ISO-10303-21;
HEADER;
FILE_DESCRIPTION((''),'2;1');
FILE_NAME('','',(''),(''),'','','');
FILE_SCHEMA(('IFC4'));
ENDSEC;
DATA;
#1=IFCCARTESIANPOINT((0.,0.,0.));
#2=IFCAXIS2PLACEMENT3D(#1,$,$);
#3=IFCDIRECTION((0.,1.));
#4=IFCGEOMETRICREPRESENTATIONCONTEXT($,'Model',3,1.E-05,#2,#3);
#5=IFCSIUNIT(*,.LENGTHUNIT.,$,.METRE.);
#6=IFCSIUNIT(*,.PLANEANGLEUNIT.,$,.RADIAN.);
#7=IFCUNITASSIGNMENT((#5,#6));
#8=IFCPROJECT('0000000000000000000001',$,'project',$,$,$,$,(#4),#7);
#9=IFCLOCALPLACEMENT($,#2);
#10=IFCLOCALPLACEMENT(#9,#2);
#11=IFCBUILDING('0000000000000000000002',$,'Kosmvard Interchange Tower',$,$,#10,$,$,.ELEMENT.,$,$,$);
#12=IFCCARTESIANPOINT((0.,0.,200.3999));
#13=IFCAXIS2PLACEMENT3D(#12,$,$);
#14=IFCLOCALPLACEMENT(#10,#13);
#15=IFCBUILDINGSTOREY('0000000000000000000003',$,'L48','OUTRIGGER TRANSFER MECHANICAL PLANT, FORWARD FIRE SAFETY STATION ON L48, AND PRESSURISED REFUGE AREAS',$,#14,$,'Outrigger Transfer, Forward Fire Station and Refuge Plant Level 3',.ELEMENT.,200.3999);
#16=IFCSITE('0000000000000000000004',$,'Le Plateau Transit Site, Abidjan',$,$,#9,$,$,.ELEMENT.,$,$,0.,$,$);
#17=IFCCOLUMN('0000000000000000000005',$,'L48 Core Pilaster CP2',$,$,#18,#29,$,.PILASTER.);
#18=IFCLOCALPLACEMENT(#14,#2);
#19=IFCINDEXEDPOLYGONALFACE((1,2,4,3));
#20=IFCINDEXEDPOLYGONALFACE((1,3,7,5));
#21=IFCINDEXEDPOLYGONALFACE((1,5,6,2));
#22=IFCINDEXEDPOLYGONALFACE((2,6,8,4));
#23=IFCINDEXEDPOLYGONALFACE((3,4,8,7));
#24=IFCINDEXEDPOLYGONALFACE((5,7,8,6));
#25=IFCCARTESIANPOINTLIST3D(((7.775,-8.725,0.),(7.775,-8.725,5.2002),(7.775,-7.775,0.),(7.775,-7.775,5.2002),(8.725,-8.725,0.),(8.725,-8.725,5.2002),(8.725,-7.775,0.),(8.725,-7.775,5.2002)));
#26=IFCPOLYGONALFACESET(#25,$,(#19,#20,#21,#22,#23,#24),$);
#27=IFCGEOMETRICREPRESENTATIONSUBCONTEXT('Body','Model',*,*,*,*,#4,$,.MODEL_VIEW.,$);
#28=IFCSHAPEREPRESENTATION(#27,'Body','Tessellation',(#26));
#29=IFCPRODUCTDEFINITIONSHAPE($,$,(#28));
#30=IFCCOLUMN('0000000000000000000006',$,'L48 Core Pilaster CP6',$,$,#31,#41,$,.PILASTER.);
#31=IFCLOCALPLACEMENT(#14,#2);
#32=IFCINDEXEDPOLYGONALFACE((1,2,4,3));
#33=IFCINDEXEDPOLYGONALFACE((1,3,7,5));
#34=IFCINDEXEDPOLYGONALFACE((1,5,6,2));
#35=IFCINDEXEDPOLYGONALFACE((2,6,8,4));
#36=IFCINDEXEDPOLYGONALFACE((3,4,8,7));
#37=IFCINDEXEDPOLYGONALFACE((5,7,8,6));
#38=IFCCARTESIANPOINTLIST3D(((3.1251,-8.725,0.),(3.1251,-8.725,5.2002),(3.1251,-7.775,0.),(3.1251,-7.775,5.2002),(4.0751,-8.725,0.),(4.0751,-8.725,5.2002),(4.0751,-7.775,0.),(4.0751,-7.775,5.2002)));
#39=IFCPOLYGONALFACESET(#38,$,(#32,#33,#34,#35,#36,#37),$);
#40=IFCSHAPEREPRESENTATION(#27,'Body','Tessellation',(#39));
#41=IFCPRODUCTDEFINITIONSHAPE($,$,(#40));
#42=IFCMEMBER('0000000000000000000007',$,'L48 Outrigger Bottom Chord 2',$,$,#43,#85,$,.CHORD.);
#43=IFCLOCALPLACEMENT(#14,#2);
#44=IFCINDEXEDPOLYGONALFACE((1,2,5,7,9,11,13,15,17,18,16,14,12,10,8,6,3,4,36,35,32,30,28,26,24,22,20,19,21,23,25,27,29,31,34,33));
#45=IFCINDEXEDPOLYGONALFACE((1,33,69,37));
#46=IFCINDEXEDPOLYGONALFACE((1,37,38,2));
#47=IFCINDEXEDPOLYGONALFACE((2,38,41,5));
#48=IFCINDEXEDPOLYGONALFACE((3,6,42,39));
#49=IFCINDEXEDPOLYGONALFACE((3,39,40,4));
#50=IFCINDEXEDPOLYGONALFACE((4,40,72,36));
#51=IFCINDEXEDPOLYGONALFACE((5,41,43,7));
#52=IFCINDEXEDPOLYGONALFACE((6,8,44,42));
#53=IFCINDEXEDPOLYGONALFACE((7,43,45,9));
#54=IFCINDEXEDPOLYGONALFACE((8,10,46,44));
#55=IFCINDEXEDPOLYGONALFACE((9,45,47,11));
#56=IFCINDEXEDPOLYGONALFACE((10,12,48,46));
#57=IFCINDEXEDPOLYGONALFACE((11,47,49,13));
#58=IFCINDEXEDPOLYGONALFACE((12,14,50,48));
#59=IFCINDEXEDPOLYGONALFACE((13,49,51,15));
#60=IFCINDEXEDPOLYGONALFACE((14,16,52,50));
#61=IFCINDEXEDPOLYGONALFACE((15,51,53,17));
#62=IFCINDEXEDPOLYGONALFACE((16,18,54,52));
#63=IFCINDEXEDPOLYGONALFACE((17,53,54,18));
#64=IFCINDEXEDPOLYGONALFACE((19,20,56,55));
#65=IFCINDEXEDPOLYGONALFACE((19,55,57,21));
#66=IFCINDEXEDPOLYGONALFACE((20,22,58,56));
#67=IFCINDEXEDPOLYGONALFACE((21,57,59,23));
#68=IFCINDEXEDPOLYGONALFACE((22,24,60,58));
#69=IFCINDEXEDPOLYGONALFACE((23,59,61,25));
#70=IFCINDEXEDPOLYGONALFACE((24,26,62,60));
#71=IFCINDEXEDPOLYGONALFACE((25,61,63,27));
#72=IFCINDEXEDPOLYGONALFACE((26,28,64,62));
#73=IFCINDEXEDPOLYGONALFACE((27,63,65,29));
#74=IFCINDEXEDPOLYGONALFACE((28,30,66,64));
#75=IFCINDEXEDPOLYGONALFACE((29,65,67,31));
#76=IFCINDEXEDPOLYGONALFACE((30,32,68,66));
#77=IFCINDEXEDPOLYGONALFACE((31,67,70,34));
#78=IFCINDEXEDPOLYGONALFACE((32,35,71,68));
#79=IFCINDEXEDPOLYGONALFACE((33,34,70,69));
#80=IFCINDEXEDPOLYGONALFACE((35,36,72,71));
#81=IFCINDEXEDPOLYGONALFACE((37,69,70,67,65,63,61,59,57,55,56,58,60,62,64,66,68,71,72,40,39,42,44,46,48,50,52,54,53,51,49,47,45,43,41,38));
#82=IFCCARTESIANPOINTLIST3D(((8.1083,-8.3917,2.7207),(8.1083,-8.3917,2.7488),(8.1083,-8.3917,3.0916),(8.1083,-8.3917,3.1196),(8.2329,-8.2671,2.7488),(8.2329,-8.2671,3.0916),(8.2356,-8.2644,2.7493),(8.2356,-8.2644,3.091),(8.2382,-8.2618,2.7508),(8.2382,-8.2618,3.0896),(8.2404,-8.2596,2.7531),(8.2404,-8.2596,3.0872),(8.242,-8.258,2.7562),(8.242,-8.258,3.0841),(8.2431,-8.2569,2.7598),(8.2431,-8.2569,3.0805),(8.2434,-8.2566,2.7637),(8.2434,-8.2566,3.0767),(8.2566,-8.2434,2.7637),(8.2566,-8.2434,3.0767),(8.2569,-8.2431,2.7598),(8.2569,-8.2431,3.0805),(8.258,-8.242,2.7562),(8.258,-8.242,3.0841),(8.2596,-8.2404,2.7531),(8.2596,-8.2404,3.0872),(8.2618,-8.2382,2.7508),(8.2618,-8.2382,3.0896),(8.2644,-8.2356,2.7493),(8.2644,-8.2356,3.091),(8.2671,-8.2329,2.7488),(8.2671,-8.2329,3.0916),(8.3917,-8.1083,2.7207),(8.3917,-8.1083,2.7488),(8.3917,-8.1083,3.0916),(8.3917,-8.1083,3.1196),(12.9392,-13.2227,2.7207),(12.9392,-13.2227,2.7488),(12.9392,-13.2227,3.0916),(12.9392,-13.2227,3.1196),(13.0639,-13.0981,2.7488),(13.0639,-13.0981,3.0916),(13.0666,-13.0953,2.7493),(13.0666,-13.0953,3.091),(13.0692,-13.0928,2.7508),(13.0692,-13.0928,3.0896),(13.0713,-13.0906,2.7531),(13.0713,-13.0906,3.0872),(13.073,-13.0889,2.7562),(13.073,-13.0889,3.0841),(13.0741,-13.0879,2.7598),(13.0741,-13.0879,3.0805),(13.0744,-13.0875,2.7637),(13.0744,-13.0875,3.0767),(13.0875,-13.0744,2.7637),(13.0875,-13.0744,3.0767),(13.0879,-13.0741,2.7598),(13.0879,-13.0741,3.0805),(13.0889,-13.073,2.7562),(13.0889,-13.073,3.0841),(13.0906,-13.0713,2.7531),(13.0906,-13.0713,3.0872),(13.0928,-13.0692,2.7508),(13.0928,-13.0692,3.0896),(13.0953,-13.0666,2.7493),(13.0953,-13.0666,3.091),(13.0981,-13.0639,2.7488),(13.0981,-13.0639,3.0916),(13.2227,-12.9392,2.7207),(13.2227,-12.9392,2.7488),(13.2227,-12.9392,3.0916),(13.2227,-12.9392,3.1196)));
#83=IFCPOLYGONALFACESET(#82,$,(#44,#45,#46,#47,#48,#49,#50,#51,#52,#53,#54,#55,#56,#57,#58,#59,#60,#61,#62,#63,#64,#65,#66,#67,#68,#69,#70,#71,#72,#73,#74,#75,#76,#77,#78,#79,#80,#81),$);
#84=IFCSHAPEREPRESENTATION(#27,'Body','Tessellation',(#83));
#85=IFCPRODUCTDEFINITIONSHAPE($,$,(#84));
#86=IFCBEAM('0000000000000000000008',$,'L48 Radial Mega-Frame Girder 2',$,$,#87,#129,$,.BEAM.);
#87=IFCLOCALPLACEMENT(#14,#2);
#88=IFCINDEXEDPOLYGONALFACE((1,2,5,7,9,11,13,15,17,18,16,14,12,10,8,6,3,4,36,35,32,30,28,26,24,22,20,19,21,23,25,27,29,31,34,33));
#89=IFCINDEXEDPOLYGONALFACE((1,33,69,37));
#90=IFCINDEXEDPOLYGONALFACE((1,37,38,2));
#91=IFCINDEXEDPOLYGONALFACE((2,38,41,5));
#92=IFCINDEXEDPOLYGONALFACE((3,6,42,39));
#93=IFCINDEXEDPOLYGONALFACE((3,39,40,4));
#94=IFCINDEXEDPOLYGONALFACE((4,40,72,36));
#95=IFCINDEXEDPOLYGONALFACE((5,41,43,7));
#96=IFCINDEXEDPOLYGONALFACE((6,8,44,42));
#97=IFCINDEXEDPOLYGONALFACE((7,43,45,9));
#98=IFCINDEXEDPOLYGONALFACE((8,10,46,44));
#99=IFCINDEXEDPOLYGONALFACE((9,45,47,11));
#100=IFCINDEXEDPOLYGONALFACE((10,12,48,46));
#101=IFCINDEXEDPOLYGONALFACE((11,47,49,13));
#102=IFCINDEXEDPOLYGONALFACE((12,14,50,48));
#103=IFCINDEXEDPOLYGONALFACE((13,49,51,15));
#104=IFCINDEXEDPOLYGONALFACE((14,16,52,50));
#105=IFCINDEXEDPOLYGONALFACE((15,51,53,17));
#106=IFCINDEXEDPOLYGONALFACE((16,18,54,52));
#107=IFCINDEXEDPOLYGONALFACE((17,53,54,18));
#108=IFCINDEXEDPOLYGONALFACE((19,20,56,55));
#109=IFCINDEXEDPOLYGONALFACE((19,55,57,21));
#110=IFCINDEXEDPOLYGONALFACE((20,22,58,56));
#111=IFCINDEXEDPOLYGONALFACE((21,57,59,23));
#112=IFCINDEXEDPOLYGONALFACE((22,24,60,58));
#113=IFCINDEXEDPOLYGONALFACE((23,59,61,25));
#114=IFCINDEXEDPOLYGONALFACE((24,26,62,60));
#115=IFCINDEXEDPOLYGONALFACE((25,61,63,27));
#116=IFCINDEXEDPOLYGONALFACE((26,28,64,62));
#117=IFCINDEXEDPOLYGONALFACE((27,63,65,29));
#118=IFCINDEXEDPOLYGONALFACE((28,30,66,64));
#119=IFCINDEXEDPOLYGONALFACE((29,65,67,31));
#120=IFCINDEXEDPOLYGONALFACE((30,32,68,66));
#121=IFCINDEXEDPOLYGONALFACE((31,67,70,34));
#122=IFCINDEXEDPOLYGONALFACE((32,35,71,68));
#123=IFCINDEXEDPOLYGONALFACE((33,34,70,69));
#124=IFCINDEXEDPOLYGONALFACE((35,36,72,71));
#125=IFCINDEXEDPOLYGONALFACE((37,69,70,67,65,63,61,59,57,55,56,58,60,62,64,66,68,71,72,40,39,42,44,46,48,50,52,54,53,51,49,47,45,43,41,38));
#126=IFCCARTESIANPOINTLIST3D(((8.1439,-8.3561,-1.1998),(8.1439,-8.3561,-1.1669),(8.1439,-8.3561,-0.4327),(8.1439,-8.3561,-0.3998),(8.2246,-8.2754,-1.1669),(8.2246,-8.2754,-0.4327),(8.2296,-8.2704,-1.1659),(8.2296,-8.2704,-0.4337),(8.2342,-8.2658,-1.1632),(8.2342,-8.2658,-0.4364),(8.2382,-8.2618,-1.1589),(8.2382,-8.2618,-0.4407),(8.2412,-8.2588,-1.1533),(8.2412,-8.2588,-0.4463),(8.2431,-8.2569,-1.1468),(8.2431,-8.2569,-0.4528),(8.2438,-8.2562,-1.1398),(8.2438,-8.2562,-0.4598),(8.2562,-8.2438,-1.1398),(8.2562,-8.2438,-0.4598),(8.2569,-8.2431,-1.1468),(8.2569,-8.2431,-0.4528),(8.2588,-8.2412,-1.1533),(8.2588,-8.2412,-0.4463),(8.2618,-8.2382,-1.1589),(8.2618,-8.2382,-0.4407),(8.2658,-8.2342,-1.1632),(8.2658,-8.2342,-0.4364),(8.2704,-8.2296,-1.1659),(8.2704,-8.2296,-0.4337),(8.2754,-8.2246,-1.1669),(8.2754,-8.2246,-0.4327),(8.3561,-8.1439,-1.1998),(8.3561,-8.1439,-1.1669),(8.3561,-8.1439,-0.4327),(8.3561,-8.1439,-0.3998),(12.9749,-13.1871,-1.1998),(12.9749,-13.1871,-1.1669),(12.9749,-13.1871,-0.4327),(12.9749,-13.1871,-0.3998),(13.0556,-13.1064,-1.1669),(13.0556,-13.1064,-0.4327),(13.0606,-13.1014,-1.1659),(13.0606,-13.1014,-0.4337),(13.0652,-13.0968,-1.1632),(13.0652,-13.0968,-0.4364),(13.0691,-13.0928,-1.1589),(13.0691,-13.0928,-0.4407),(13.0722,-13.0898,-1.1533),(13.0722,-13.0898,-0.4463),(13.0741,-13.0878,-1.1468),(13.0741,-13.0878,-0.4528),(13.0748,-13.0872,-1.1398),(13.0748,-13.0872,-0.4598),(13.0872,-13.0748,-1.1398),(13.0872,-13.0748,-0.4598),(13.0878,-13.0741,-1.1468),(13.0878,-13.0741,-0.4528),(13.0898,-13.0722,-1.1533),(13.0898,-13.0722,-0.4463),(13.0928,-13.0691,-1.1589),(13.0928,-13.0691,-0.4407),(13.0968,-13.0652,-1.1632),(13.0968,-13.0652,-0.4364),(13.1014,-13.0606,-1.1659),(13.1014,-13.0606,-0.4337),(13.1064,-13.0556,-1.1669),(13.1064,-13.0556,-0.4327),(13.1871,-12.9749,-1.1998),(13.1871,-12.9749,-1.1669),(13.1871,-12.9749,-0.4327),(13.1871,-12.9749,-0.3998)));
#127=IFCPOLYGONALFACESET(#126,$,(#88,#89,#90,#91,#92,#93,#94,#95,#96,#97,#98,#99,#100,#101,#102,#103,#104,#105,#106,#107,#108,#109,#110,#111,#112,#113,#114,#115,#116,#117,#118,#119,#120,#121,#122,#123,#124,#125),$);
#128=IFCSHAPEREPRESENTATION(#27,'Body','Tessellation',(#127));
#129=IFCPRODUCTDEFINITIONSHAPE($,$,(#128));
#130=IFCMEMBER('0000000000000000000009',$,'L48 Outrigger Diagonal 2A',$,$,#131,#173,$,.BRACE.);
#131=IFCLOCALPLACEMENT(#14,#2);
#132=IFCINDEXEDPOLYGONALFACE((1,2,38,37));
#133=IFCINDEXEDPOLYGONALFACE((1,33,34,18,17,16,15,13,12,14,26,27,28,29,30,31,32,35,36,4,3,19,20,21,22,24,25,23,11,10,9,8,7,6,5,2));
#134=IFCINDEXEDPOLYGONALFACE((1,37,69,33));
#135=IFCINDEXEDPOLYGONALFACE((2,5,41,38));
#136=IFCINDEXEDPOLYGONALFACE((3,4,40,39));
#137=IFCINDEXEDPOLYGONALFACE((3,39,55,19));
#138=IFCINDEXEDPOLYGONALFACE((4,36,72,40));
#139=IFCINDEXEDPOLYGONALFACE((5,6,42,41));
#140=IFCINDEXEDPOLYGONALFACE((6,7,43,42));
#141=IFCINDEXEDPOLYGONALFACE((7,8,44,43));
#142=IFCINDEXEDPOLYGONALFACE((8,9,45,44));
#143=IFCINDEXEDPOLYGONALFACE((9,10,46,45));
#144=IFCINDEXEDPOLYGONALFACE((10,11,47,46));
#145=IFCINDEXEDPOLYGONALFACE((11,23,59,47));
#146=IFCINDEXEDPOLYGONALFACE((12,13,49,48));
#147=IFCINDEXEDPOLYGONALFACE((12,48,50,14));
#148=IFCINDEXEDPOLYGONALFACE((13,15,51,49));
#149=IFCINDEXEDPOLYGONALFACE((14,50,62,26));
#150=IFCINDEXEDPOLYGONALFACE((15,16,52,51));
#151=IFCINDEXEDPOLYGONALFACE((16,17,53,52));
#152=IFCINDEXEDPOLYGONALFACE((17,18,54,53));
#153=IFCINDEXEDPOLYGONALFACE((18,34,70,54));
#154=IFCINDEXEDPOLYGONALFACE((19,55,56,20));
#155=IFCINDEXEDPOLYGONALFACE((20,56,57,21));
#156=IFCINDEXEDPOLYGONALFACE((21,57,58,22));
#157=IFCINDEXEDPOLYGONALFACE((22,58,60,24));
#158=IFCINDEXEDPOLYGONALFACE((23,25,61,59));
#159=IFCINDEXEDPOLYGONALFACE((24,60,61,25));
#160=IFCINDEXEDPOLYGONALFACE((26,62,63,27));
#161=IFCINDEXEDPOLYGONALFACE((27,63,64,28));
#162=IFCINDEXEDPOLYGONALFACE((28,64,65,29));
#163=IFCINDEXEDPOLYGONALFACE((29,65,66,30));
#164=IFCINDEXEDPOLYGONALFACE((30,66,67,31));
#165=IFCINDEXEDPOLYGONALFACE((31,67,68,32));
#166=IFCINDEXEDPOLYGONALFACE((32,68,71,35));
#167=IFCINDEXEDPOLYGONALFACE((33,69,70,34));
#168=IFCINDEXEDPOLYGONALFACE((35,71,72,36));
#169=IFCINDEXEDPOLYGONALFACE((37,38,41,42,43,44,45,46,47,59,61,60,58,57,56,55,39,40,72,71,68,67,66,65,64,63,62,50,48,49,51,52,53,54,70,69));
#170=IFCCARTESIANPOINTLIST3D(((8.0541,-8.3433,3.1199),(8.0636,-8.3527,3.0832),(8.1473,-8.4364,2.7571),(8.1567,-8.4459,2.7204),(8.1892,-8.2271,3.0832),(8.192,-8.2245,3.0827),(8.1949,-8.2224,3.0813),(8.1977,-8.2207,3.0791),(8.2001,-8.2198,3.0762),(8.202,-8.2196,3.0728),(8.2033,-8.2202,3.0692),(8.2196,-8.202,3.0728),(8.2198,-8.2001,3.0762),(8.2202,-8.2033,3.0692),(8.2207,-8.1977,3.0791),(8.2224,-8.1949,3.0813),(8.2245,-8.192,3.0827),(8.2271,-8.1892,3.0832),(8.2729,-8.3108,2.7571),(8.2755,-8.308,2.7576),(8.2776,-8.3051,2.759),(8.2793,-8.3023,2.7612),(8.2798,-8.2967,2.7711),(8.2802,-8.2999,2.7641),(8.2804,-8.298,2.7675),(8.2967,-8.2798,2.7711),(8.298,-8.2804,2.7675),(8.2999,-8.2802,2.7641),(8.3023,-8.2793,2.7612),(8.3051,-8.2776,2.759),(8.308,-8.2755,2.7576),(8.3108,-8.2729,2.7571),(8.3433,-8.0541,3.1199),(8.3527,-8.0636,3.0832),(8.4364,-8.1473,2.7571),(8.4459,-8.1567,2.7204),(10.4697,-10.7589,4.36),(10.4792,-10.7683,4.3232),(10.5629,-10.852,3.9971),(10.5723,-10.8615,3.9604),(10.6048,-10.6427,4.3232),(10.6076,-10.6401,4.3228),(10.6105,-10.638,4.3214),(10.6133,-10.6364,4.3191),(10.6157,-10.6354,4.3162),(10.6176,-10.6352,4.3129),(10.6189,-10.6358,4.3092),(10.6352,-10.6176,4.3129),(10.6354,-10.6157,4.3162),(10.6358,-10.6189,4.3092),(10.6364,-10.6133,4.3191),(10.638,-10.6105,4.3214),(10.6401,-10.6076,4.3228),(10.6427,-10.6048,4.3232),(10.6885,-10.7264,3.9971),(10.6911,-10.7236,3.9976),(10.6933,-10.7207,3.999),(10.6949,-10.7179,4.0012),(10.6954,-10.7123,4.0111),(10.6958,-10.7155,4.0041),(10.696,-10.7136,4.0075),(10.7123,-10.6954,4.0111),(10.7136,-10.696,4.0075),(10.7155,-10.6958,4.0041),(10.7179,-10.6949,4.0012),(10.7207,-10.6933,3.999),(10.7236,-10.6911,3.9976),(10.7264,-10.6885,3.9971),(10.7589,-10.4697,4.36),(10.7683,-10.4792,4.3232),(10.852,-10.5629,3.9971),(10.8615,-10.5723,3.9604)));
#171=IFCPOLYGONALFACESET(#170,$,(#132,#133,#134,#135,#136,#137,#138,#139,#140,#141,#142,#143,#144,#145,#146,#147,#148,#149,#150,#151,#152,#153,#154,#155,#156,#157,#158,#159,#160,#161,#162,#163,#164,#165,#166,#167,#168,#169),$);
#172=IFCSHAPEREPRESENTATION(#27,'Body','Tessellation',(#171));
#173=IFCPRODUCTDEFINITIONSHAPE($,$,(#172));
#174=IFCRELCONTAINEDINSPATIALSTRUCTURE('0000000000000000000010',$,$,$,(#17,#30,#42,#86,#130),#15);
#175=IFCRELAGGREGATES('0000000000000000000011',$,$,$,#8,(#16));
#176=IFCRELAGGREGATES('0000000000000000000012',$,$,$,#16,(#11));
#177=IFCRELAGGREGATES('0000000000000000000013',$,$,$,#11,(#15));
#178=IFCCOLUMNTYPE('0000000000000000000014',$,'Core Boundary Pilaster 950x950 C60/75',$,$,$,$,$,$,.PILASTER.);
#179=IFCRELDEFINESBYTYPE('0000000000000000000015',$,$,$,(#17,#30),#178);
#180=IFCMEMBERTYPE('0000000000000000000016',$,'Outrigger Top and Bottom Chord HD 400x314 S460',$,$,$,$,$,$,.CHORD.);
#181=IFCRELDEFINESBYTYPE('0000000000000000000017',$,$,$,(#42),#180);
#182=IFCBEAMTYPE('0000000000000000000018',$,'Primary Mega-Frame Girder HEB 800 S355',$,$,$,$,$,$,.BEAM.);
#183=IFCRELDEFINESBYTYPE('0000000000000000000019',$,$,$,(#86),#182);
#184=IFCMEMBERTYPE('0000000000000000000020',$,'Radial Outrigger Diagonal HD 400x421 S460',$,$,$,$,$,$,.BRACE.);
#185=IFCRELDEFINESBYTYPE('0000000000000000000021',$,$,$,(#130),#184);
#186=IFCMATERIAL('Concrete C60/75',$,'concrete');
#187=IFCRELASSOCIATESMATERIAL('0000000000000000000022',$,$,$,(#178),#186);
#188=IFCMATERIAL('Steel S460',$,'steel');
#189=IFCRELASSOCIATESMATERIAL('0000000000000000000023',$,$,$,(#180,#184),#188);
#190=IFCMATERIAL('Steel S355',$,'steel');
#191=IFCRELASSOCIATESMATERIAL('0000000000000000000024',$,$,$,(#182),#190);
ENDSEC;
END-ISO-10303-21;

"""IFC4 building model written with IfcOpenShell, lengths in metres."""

from ifc_helpers import new_model, si_unit, direction, frame, origin, origin_2d, place, context, subcontext, project, spatial, rectangle, i_section, extrude, source, transform, mapped, material, material_profile, profile_set, type_object, element, save


model = new_model("IFC4")

# Units and contexts
model_context = context("Model", 3, precision=1e-05, world=origin(), true_north=direction((0.0, 1.0)))
body_context = subcontext(model_context, "Body", "Model", "MODEL_VIEW")
ifc_project = project(units=[si_unit("LENGTHUNIT", "METRE"), si_unit("PLANEANGLEUNIT", "RADIAN")], contexts=[model_context])

# Site, building, storey
site_placement = place(None, origin())
site = spatial("IfcSite", under=ifc_project, at=site_placement, Name="Le Plateau Transit Site, Abidjan", CompositionType="ELEMENT", RefElevation=0.0)
building_placement = place(site_placement, origin())
building = spatial("IfcBuilding", under=site, at=building_placement, Name="Kosmvard Interchange Tower", CompositionType="ELEMENT")
storey_placement = place(building_placement, frame((0.0, 0.0, 200.3999)))
storey = spatial("IfcBuildingStorey", under=building, at=storey_placement, Name="L48", Description="OUTRIGGER TRANSFER MECHANICAL PLANT, FORWARD FIRE SAFETY STATION ON L48, AND PRESSURISED REFUGE AREAS", LongName="Outrigger Transfer, Forward Fire Station and Refuge Plant Level 3", CompositionType="ELEMENT", Elevation=200.3999)

# Columns
ifc_material_1 = material(Name="Concrete C60/75", Category="concrete")
ifc_material_profile_1 = material_profile(ifc_material_1, rectangle(XDim=0.95, YDim=0.95, at=origin_2d()), Name="CP 950x950")
ifc_profile_set_1 = profile_set([ifc_material_profile_1], Name="Concrete C60/75")
column_type = type_object("IfcColumnType", Name="Core Boundary Pilaster 950x950 C60/75", PredefinedType="PILASTER", material=ifc_profile_set_1)
shared_shape_1 = source(origin(), body_context, "Body", "SweptSolid", [
    extrude(rectangle(XDim=0.95, YDim=0.95, at=origin_2d()), origin(), (0.0, 0.0, 1.0), 5.2002),
])
for number, where, z_axis, x_axis, name in (
    (1, (8.25, -8.25, 0.0), (0.0, 0.0, 1.0), (1.0, 0.0, 0.0), "L48 Core Pilaster CP2"),
    (2, (3.6001, -8.25, 0.0), (0.0, 0.0, 1.0), (1.0, 0.0, 0.0), "L48 Core Pilaster CP6"),
):
    element("IfcColumn", number, at=place(storey_placement, frame(where, z_axis=z_axis, x_axis=x_axis)), inside=storey, type_object=column_type, Name=name, PredefinedType="PILASTER", context=body_context, shape_type="MappedRepresentation", body=[
        mapped(shared_shape_1, transform((0.0, 0.0, 0.0), scale=1.0)),
    ])

# Member
ifc_material_2 = material(Name="Steel S460", Category="steel")
ifc_material_profile_2 = material_profile(ifc_material_2, i_section(OverallWidth=0.4009, OverallDepth=0.3989, WebThickness=0.0186, FlangeThickness=0.0281, FilletRadius=0.0149, at=origin_2d()), Name="HD 400x314")
ifc_profile_set_2 = profile_set([ifc_material_profile_2], Name="Steel S460")
member_type_1 = type_object("IfcMemberType", Name="Outrigger Top and Bottom Chord HD 400x314 S460", PredefinedType="CHORD", material=ifc_profile_set_2)
shared_shape_2 = source(origin(), body_context, "Body", "SweptSolid", [
    extrude(i_section(OverallWidth=0.4009, OverallDepth=0.3989, WebThickness=0.0186, FlangeThickness=0.0281, FilletRadius=0.0149, at=origin_2d()), origin(), (0.0, 0.0, 1.0), 6.832),
])
member_placement = place(storey_placement, frame((8.25, -8.25, 2.9202), z_axis=(0.707107, -0.707107, 0.0), x_axis=(0.707107, 0.707107, 0.0)))
element("IfcMember", 3, at=member_placement, inside=storey, type_object=member_type_1, Name="L48 Outrigger Bottom Chord 2", PredefinedType="CHORD", context=body_context, shape_type="MappedRepresentation", body=[
    mapped(shared_shape_2, transform((0.0, 0.0, 0.0), scale=1.0)),
])

# Beam
ifc_material_3 = material(Name="Steel S355", Category="steel")
ifc_material_profile_3 = material_profile(ifc_material_3, i_section(OverallWidth=0.3, OverallDepth=0.8, WebThickness=0.0176, FlangeThickness=0.033, FilletRadius=0.0271, at=origin_2d()), Name="HEB 800")
ifc_profile_set_3 = profile_set([ifc_material_profile_3], Name="Steel S355")
beam_type = type_object("IfcBeamType", Name="Primary Mega-Frame Girder HEB 800 S355", PredefinedType="BEAM", material=ifc_profile_set_3)
shared_shape_3 = source(origin(), body_context, "Body", "SweptSolid", [
    extrude(i_section(OverallWidth=0.3, OverallDepth=0.8, WebThickness=0.0176, FlangeThickness=0.033, FilletRadius=0.0271, at=origin_2d()), origin(), (0.0, 0.0, 1.0), 6.832),
])
beam_placement = place(storey_placement, frame((8.25, -8.25, -0.7998), z_axis=(0.707107, -0.707107, 0.0), x_axis=(0.707107, 0.707107, 0.0)))
element("IfcBeam", 4, at=beam_placement, inside=storey, type_object=beam_type, Name="L48 Radial Mega-Frame Girder 2", PredefinedType="BEAM", context=body_context, shape_type="MappedRepresentation", body=[
    mapped(shared_shape_3, transform((0.0, 0.0, 0.0), scale=1.0)),
])

# Member
ifc_material_profile_4 = material_profile(ifc_material_2, i_section(OverallWidth=0.4089, OverallDepth=0.425, WebThickness=0.0239, FlangeThickness=0.0391, FilletRadius=0.0149, at=origin_2d()), Name="HD 400x421")
ifc_profile_set_4 = profile_set([ifc_material_profile_4], Name="Steel S460")
member_type_2 = type_object("IfcMemberType", Name="Radial Outrigger Diagonal HD 400x421 S460", PredefinedType="BRACE", material=ifc_profile_set_4)
shared_shape_4 = source(origin(), body_context, "Body", "SweptSolid", [
    extrude(i_section(OverallWidth=0.4089, OverallDepth=0.425, WebThickness=0.0239, FlangeThickness=0.0391, FilletRadius=0.0149, at=origin_2d()), origin(), (0.0, 0.0, 1.0), 3.6343),
])
for number, where, z_axis, x_axis, name in (
    (5, (8.25, -8.25, 2.9202), (0.664673, -0.664673, 0.341204), (0.707107, 0.707107, 0.0), "L48 Outrigger Diagonal 2A"),
):
    element("IfcMember", number, at=place(storey_placement, frame(where, z_axis=z_axis, x_axis=x_axis)), inside=storey, type_object=member_type_2, Name=name, PredefinedType="BRACE", context=body_context, shape_type="MappedRepresentation", body=[
        mapped(shared_shape_4, transform((0.0, 0.0, 0.0), scale=1.0)),
    ])

save(model, "model.ifc")
